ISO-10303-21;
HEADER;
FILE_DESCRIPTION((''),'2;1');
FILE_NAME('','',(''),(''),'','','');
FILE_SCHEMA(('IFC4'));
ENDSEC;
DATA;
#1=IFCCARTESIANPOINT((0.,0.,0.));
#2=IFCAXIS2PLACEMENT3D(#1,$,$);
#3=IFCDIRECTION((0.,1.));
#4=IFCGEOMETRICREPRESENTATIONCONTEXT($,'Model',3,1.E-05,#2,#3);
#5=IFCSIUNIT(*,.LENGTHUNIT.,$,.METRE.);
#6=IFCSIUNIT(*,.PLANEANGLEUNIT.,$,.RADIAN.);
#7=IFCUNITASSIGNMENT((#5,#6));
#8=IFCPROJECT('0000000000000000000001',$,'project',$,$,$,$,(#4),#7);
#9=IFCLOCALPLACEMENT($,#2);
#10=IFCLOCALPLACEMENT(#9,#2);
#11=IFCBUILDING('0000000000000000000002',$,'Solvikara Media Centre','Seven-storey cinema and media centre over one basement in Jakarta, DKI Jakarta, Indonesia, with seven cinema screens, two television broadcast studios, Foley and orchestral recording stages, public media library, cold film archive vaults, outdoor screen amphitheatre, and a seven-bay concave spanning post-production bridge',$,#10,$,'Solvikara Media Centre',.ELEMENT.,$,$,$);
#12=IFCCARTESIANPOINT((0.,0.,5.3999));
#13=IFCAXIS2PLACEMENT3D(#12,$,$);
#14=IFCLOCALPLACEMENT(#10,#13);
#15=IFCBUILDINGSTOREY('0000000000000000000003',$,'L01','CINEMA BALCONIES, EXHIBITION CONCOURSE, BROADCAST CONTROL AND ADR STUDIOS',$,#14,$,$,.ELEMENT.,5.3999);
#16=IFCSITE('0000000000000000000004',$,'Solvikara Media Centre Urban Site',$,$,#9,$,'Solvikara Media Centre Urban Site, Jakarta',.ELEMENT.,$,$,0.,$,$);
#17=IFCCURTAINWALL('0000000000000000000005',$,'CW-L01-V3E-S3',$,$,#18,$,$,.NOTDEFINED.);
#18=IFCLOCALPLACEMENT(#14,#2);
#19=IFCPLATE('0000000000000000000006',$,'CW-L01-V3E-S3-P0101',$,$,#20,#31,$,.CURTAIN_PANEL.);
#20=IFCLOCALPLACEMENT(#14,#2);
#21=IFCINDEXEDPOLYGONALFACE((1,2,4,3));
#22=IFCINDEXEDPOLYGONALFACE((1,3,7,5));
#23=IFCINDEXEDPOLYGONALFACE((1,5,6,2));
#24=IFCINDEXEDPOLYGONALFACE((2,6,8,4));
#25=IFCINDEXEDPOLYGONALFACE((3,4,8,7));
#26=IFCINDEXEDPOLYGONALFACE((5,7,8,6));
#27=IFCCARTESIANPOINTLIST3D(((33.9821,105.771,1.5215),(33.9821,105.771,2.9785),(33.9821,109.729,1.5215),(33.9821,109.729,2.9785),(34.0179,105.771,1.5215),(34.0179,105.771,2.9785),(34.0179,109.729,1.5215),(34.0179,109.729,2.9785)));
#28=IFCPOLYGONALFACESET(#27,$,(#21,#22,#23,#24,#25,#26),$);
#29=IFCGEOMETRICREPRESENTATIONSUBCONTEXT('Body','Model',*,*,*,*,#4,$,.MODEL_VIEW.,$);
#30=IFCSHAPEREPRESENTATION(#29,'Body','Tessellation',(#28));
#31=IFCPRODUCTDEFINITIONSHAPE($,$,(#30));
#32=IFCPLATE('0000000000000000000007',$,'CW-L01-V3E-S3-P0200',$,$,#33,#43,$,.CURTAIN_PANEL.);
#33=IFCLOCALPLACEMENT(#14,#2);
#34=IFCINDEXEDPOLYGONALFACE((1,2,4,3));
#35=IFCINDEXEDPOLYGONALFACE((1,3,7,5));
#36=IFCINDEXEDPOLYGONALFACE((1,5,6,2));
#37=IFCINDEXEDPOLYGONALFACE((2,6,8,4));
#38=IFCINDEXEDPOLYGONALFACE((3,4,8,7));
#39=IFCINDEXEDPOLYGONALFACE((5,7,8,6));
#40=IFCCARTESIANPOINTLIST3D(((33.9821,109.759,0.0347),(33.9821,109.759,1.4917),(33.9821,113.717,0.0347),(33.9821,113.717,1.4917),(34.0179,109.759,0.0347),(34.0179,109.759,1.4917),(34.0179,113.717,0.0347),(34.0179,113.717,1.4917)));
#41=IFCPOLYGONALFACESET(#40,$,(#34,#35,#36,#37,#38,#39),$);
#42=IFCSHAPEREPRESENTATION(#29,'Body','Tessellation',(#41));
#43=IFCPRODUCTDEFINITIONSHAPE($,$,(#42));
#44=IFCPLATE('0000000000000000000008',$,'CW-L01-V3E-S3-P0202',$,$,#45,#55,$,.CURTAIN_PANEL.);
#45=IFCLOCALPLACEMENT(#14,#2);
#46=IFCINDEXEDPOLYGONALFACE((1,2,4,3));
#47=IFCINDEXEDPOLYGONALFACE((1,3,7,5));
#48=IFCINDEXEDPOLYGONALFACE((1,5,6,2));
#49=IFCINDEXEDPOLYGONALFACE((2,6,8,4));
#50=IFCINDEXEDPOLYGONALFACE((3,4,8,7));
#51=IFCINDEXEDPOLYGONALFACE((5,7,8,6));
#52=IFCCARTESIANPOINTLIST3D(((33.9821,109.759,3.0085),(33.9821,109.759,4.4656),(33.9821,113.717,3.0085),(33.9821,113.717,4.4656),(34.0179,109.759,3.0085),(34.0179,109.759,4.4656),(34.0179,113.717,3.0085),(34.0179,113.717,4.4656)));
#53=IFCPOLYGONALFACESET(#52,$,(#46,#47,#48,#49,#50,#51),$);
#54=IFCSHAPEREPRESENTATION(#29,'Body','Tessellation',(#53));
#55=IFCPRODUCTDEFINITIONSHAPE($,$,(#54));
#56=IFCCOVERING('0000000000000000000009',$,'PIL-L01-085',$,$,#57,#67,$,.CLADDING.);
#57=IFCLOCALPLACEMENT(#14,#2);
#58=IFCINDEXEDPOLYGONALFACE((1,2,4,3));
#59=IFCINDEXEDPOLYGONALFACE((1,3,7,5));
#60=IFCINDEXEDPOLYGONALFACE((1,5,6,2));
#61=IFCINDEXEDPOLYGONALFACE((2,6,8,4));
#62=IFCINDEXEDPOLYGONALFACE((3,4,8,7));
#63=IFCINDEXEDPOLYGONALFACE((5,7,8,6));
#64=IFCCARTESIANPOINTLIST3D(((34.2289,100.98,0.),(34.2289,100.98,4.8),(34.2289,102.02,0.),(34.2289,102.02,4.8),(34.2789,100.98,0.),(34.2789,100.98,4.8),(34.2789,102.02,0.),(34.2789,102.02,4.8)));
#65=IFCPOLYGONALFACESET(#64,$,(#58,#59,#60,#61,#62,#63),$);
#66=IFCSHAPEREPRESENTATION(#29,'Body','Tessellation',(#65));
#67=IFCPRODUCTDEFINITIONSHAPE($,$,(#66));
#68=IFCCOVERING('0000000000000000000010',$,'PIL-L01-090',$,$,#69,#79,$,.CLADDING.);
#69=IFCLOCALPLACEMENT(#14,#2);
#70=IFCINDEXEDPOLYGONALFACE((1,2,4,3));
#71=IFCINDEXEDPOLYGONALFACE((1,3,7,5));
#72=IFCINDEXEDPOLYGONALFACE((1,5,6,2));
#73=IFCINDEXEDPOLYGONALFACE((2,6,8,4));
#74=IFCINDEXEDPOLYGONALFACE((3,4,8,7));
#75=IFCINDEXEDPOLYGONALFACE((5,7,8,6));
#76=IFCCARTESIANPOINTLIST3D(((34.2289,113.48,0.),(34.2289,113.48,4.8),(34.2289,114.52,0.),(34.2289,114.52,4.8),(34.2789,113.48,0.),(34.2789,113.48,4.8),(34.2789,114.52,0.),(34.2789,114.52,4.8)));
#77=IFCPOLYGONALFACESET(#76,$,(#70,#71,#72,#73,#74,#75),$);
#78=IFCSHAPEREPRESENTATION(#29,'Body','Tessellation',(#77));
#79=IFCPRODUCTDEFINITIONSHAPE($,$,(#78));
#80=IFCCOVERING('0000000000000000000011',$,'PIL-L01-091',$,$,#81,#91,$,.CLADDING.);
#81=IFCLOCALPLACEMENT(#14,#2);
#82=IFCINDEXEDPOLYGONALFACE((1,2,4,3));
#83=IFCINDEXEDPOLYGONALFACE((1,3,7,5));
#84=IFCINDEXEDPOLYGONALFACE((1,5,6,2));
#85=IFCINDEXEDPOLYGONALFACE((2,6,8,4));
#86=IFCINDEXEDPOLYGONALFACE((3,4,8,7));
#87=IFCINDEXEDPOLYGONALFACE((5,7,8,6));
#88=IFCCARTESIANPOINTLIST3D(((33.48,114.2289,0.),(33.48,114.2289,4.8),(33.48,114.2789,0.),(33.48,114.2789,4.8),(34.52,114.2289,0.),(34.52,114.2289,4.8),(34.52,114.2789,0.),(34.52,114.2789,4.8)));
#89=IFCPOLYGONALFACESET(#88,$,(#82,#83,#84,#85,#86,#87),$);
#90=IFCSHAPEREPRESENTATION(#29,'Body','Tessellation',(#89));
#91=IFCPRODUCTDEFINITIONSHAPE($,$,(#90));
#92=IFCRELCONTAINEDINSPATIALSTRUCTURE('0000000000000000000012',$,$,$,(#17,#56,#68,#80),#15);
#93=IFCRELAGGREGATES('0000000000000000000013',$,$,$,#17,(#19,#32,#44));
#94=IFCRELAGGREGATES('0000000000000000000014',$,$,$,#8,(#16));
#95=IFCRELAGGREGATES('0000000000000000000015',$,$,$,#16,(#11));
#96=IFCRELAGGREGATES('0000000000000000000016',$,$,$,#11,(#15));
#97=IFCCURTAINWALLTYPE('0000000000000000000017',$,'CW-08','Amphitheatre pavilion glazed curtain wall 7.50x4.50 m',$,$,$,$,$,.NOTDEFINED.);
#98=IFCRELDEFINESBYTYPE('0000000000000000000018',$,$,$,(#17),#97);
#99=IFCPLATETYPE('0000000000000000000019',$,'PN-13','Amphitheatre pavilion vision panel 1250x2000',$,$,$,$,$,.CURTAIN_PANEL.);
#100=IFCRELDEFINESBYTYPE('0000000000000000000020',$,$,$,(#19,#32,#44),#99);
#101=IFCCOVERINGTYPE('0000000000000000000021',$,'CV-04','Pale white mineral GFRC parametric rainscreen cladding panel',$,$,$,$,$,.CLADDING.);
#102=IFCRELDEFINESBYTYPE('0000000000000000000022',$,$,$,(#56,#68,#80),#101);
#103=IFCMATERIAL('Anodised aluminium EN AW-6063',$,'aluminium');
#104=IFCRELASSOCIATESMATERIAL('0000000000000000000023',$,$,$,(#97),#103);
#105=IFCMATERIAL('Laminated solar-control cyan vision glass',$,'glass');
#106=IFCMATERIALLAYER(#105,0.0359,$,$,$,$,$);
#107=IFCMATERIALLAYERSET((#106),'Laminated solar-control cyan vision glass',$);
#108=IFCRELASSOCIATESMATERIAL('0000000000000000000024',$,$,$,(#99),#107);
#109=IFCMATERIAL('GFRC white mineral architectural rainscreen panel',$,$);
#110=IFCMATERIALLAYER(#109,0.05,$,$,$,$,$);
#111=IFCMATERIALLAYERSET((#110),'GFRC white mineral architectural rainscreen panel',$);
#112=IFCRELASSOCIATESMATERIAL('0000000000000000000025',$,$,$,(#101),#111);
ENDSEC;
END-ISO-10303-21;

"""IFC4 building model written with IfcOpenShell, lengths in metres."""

from ifc_helpers import new_model, si_unit, direction, frame, origin, origin_2d, place, context, subcontext, project, spatial, rectangle, extrude, material, layer, layer_set, type_object, element, aggregate, save


model = new_model("IFC4")

# Units and contexts
model_context = context("Model", 3, precision=1e-05, world=origin(), true_north=direction((0.0, 1.0)))
body_context = subcontext(model_context, "Body", "Model", "MODEL_VIEW")
ifc_project = project(units=[si_unit("LENGTHUNIT", "METRE"), si_unit("PLANEANGLEUNIT", "RADIAN")], contexts=[model_context])

# Site, building, storey
site_placement = place(None, origin())
site = spatial("IfcSite", under=ifc_project, at=site_placement, Name="Solvikara Media Centre Urban Site", LongName="Solvikara Media Centre Urban Site, Jakarta", CompositionType="ELEMENT", RefElevation=0.0)
building_placement = place(site_placement, origin())
building = spatial("IfcBuilding", under=site, at=building_placement, Name="Solvikara Media Centre", Description="Seven-storey cinema and media centre over one basement in Jakarta, DKI Jakarta, Indonesia, with seven cinema screens, two television broadcast studios, Foley and orchestral recording stages, public media library, cold film archive vaults, outdoor screen amphitheatre, and a seven-bay concave spanning post-production bridge", LongName="Solvikara Media Centre", CompositionType="ELEMENT")
storey_placement = place(building_placement, frame((0.0, 0.0, 5.3999)))
storey = spatial("IfcBuildingStorey", under=building, at=storey_placement, Name="L01", Description="CINEMA BALCONIES, EXHIBITION CONCOURSE, BROADCAST CONTROL AND ADR STUDIOS", CompositionType="ELEMENT", Elevation=5.3999)

# Shared definitions
ifc_material_1 = material(Name="Anodised aluminium EN AW-6063", Category="aluminium")
curtain_wall_type = type_object("IfcCurtainWallType", Name="CW-08", Description="Amphitheatre pavilion glazed curtain wall 7.50x4.50 m", PredefinedType="NOTDEFINED", material=ifc_material_1)

# Curtain wall, plates
curtain_wall_1_placement = place(storey_placement, origin())
curtain_wall_1 = element("IfcCurtainWall", 1, at=curtain_wall_1_placement, inside=storey, type_object=curtain_wall_type, Name="CW-L01-V3E-S3", PredefinedType="NOTDEFINED")
ifc_material_2 = material(Name="Laminated solar-control cyan vision glass", Category="glass")
ifc_layer_1 = layer(ifc_material_2, 0.0359)
ifc_layer_set_1 = layer_set([ifc_layer_1], Name="Laminated solar-control cyan vision glass")
plate_type_1 = type_object("IfcPlateType", Name="PN-13", Description="Amphitheatre pavilion vision panel 1250x2000", PredefinedType="CURTAIN_PANEL", material=ifc_layer_set_1)
plate_1_placement = place(storey_placement, frame((34.0, 107.75, 1.5215), z_axis=(0.0, 0.0, 1.0), x_axis=(0.0, 1.0, 0.0)))
plate_1 = element("IfcPlate", 2, at=plate_1_placement, type_object=plate_type_1, Name="CW-L01-V3E-S3-P0101", PredefinedType="CURTAIN_PANEL", context=body_context, shape_type="SweptSolid", body=[
    extrude(rectangle(XDim=3.958, YDim=0.0359, at=origin_2d()), origin(), (0.0, 0.0, 1.0), 1.457),
])
plate_2_placement = place(storey_placement, frame((34.0, 111.738, 0.0347), z_axis=(0.0, 0.0, 1.0), x_axis=(0.0, 1.0, 0.0)))
plate_2 = element("IfcPlate", 3, at=plate_2_placement, type_object=plate_type_1, Name="CW-L01-V3E-S3-P0200", PredefinedType="CURTAIN_PANEL", context=body_context, shape_type="SweptSolid", body=[
    extrude(rectangle(XDim=3.958, YDim=0.0359, at=origin_2d()), origin(), (0.0, 0.0, 1.0), 1.457),
])
plate_3_placement = place(storey_placement, frame((34.0, 111.738, 3.0085), z_axis=(0.0, 0.0, 1.0), x_axis=(0.0, 1.0, 0.0)))
plate_3 = element("IfcPlate", 4, at=plate_3_placement, type_object=plate_type_1, Name="CW-L01-V3E-S3-P0202", PredefinedType="CURTAIN_PANEL", context=body_context, shape_type="SweptSolid", body=[
    extrude(rectangle(XDim=3.958, YDim=0.0359, at=origin_2d()), origin(), (0.0, 0.0, 1.0), 1.457),
])
aggregate(curtain_wall_1, [plate_1, plate_2, plate_3])

# Coverings
ifc_material_3 = material(Name="GFRC white mineral architectural rainscreen panel")
ifc_layer_2 = layer(ifc_material_3, 0.05)
ifc_layer_set_2 = layer_set([ifc_layer_2], Name="GFRC white mineral architectural rainscreen panel")
covering_type = type_object("IfcCoveringType", Name="CV-04", Description="Pale white mineral GFRC parametric rainscreen cladding panel", PredefinedType="CLADDING", material=ifc_layer_set_2)
for number, where, z_axis, x_axis, name in (
    (5, (34.2539, 101.5, 0.0), (0.0, 0.0, 1.0), (0.0, 1.0, 0.0), "PIL-L01-085"),
    (6, (34.2539, 114.0, 0.0), (0.0, 0.0, 1.0), (0.0, 1.0, 0.0), "PIL-L01-090"),
    (7, (34.0, 114.2539, 0.0), (0.0, 0.0, 1.0), (-1.0, 0.0, 0.0), "PIL-L01-091"),
):
    element("IfcCovering", number, at=place(storey_placement, frame(where, z_axis=z_axis, x_axis=x_axis)), inside=storey, type_object=covering_type, Name=name, PredefinedType="CLADDING", context=body_context, shape_type="SweptSolid", body=[
        extrude(rectangle(XDim=1.04, YDim=0.05, at=origin_2d()), origin(), (0.0, 0.0, 1.0), 4.8),
    ])

save(model, "model.ifc")
